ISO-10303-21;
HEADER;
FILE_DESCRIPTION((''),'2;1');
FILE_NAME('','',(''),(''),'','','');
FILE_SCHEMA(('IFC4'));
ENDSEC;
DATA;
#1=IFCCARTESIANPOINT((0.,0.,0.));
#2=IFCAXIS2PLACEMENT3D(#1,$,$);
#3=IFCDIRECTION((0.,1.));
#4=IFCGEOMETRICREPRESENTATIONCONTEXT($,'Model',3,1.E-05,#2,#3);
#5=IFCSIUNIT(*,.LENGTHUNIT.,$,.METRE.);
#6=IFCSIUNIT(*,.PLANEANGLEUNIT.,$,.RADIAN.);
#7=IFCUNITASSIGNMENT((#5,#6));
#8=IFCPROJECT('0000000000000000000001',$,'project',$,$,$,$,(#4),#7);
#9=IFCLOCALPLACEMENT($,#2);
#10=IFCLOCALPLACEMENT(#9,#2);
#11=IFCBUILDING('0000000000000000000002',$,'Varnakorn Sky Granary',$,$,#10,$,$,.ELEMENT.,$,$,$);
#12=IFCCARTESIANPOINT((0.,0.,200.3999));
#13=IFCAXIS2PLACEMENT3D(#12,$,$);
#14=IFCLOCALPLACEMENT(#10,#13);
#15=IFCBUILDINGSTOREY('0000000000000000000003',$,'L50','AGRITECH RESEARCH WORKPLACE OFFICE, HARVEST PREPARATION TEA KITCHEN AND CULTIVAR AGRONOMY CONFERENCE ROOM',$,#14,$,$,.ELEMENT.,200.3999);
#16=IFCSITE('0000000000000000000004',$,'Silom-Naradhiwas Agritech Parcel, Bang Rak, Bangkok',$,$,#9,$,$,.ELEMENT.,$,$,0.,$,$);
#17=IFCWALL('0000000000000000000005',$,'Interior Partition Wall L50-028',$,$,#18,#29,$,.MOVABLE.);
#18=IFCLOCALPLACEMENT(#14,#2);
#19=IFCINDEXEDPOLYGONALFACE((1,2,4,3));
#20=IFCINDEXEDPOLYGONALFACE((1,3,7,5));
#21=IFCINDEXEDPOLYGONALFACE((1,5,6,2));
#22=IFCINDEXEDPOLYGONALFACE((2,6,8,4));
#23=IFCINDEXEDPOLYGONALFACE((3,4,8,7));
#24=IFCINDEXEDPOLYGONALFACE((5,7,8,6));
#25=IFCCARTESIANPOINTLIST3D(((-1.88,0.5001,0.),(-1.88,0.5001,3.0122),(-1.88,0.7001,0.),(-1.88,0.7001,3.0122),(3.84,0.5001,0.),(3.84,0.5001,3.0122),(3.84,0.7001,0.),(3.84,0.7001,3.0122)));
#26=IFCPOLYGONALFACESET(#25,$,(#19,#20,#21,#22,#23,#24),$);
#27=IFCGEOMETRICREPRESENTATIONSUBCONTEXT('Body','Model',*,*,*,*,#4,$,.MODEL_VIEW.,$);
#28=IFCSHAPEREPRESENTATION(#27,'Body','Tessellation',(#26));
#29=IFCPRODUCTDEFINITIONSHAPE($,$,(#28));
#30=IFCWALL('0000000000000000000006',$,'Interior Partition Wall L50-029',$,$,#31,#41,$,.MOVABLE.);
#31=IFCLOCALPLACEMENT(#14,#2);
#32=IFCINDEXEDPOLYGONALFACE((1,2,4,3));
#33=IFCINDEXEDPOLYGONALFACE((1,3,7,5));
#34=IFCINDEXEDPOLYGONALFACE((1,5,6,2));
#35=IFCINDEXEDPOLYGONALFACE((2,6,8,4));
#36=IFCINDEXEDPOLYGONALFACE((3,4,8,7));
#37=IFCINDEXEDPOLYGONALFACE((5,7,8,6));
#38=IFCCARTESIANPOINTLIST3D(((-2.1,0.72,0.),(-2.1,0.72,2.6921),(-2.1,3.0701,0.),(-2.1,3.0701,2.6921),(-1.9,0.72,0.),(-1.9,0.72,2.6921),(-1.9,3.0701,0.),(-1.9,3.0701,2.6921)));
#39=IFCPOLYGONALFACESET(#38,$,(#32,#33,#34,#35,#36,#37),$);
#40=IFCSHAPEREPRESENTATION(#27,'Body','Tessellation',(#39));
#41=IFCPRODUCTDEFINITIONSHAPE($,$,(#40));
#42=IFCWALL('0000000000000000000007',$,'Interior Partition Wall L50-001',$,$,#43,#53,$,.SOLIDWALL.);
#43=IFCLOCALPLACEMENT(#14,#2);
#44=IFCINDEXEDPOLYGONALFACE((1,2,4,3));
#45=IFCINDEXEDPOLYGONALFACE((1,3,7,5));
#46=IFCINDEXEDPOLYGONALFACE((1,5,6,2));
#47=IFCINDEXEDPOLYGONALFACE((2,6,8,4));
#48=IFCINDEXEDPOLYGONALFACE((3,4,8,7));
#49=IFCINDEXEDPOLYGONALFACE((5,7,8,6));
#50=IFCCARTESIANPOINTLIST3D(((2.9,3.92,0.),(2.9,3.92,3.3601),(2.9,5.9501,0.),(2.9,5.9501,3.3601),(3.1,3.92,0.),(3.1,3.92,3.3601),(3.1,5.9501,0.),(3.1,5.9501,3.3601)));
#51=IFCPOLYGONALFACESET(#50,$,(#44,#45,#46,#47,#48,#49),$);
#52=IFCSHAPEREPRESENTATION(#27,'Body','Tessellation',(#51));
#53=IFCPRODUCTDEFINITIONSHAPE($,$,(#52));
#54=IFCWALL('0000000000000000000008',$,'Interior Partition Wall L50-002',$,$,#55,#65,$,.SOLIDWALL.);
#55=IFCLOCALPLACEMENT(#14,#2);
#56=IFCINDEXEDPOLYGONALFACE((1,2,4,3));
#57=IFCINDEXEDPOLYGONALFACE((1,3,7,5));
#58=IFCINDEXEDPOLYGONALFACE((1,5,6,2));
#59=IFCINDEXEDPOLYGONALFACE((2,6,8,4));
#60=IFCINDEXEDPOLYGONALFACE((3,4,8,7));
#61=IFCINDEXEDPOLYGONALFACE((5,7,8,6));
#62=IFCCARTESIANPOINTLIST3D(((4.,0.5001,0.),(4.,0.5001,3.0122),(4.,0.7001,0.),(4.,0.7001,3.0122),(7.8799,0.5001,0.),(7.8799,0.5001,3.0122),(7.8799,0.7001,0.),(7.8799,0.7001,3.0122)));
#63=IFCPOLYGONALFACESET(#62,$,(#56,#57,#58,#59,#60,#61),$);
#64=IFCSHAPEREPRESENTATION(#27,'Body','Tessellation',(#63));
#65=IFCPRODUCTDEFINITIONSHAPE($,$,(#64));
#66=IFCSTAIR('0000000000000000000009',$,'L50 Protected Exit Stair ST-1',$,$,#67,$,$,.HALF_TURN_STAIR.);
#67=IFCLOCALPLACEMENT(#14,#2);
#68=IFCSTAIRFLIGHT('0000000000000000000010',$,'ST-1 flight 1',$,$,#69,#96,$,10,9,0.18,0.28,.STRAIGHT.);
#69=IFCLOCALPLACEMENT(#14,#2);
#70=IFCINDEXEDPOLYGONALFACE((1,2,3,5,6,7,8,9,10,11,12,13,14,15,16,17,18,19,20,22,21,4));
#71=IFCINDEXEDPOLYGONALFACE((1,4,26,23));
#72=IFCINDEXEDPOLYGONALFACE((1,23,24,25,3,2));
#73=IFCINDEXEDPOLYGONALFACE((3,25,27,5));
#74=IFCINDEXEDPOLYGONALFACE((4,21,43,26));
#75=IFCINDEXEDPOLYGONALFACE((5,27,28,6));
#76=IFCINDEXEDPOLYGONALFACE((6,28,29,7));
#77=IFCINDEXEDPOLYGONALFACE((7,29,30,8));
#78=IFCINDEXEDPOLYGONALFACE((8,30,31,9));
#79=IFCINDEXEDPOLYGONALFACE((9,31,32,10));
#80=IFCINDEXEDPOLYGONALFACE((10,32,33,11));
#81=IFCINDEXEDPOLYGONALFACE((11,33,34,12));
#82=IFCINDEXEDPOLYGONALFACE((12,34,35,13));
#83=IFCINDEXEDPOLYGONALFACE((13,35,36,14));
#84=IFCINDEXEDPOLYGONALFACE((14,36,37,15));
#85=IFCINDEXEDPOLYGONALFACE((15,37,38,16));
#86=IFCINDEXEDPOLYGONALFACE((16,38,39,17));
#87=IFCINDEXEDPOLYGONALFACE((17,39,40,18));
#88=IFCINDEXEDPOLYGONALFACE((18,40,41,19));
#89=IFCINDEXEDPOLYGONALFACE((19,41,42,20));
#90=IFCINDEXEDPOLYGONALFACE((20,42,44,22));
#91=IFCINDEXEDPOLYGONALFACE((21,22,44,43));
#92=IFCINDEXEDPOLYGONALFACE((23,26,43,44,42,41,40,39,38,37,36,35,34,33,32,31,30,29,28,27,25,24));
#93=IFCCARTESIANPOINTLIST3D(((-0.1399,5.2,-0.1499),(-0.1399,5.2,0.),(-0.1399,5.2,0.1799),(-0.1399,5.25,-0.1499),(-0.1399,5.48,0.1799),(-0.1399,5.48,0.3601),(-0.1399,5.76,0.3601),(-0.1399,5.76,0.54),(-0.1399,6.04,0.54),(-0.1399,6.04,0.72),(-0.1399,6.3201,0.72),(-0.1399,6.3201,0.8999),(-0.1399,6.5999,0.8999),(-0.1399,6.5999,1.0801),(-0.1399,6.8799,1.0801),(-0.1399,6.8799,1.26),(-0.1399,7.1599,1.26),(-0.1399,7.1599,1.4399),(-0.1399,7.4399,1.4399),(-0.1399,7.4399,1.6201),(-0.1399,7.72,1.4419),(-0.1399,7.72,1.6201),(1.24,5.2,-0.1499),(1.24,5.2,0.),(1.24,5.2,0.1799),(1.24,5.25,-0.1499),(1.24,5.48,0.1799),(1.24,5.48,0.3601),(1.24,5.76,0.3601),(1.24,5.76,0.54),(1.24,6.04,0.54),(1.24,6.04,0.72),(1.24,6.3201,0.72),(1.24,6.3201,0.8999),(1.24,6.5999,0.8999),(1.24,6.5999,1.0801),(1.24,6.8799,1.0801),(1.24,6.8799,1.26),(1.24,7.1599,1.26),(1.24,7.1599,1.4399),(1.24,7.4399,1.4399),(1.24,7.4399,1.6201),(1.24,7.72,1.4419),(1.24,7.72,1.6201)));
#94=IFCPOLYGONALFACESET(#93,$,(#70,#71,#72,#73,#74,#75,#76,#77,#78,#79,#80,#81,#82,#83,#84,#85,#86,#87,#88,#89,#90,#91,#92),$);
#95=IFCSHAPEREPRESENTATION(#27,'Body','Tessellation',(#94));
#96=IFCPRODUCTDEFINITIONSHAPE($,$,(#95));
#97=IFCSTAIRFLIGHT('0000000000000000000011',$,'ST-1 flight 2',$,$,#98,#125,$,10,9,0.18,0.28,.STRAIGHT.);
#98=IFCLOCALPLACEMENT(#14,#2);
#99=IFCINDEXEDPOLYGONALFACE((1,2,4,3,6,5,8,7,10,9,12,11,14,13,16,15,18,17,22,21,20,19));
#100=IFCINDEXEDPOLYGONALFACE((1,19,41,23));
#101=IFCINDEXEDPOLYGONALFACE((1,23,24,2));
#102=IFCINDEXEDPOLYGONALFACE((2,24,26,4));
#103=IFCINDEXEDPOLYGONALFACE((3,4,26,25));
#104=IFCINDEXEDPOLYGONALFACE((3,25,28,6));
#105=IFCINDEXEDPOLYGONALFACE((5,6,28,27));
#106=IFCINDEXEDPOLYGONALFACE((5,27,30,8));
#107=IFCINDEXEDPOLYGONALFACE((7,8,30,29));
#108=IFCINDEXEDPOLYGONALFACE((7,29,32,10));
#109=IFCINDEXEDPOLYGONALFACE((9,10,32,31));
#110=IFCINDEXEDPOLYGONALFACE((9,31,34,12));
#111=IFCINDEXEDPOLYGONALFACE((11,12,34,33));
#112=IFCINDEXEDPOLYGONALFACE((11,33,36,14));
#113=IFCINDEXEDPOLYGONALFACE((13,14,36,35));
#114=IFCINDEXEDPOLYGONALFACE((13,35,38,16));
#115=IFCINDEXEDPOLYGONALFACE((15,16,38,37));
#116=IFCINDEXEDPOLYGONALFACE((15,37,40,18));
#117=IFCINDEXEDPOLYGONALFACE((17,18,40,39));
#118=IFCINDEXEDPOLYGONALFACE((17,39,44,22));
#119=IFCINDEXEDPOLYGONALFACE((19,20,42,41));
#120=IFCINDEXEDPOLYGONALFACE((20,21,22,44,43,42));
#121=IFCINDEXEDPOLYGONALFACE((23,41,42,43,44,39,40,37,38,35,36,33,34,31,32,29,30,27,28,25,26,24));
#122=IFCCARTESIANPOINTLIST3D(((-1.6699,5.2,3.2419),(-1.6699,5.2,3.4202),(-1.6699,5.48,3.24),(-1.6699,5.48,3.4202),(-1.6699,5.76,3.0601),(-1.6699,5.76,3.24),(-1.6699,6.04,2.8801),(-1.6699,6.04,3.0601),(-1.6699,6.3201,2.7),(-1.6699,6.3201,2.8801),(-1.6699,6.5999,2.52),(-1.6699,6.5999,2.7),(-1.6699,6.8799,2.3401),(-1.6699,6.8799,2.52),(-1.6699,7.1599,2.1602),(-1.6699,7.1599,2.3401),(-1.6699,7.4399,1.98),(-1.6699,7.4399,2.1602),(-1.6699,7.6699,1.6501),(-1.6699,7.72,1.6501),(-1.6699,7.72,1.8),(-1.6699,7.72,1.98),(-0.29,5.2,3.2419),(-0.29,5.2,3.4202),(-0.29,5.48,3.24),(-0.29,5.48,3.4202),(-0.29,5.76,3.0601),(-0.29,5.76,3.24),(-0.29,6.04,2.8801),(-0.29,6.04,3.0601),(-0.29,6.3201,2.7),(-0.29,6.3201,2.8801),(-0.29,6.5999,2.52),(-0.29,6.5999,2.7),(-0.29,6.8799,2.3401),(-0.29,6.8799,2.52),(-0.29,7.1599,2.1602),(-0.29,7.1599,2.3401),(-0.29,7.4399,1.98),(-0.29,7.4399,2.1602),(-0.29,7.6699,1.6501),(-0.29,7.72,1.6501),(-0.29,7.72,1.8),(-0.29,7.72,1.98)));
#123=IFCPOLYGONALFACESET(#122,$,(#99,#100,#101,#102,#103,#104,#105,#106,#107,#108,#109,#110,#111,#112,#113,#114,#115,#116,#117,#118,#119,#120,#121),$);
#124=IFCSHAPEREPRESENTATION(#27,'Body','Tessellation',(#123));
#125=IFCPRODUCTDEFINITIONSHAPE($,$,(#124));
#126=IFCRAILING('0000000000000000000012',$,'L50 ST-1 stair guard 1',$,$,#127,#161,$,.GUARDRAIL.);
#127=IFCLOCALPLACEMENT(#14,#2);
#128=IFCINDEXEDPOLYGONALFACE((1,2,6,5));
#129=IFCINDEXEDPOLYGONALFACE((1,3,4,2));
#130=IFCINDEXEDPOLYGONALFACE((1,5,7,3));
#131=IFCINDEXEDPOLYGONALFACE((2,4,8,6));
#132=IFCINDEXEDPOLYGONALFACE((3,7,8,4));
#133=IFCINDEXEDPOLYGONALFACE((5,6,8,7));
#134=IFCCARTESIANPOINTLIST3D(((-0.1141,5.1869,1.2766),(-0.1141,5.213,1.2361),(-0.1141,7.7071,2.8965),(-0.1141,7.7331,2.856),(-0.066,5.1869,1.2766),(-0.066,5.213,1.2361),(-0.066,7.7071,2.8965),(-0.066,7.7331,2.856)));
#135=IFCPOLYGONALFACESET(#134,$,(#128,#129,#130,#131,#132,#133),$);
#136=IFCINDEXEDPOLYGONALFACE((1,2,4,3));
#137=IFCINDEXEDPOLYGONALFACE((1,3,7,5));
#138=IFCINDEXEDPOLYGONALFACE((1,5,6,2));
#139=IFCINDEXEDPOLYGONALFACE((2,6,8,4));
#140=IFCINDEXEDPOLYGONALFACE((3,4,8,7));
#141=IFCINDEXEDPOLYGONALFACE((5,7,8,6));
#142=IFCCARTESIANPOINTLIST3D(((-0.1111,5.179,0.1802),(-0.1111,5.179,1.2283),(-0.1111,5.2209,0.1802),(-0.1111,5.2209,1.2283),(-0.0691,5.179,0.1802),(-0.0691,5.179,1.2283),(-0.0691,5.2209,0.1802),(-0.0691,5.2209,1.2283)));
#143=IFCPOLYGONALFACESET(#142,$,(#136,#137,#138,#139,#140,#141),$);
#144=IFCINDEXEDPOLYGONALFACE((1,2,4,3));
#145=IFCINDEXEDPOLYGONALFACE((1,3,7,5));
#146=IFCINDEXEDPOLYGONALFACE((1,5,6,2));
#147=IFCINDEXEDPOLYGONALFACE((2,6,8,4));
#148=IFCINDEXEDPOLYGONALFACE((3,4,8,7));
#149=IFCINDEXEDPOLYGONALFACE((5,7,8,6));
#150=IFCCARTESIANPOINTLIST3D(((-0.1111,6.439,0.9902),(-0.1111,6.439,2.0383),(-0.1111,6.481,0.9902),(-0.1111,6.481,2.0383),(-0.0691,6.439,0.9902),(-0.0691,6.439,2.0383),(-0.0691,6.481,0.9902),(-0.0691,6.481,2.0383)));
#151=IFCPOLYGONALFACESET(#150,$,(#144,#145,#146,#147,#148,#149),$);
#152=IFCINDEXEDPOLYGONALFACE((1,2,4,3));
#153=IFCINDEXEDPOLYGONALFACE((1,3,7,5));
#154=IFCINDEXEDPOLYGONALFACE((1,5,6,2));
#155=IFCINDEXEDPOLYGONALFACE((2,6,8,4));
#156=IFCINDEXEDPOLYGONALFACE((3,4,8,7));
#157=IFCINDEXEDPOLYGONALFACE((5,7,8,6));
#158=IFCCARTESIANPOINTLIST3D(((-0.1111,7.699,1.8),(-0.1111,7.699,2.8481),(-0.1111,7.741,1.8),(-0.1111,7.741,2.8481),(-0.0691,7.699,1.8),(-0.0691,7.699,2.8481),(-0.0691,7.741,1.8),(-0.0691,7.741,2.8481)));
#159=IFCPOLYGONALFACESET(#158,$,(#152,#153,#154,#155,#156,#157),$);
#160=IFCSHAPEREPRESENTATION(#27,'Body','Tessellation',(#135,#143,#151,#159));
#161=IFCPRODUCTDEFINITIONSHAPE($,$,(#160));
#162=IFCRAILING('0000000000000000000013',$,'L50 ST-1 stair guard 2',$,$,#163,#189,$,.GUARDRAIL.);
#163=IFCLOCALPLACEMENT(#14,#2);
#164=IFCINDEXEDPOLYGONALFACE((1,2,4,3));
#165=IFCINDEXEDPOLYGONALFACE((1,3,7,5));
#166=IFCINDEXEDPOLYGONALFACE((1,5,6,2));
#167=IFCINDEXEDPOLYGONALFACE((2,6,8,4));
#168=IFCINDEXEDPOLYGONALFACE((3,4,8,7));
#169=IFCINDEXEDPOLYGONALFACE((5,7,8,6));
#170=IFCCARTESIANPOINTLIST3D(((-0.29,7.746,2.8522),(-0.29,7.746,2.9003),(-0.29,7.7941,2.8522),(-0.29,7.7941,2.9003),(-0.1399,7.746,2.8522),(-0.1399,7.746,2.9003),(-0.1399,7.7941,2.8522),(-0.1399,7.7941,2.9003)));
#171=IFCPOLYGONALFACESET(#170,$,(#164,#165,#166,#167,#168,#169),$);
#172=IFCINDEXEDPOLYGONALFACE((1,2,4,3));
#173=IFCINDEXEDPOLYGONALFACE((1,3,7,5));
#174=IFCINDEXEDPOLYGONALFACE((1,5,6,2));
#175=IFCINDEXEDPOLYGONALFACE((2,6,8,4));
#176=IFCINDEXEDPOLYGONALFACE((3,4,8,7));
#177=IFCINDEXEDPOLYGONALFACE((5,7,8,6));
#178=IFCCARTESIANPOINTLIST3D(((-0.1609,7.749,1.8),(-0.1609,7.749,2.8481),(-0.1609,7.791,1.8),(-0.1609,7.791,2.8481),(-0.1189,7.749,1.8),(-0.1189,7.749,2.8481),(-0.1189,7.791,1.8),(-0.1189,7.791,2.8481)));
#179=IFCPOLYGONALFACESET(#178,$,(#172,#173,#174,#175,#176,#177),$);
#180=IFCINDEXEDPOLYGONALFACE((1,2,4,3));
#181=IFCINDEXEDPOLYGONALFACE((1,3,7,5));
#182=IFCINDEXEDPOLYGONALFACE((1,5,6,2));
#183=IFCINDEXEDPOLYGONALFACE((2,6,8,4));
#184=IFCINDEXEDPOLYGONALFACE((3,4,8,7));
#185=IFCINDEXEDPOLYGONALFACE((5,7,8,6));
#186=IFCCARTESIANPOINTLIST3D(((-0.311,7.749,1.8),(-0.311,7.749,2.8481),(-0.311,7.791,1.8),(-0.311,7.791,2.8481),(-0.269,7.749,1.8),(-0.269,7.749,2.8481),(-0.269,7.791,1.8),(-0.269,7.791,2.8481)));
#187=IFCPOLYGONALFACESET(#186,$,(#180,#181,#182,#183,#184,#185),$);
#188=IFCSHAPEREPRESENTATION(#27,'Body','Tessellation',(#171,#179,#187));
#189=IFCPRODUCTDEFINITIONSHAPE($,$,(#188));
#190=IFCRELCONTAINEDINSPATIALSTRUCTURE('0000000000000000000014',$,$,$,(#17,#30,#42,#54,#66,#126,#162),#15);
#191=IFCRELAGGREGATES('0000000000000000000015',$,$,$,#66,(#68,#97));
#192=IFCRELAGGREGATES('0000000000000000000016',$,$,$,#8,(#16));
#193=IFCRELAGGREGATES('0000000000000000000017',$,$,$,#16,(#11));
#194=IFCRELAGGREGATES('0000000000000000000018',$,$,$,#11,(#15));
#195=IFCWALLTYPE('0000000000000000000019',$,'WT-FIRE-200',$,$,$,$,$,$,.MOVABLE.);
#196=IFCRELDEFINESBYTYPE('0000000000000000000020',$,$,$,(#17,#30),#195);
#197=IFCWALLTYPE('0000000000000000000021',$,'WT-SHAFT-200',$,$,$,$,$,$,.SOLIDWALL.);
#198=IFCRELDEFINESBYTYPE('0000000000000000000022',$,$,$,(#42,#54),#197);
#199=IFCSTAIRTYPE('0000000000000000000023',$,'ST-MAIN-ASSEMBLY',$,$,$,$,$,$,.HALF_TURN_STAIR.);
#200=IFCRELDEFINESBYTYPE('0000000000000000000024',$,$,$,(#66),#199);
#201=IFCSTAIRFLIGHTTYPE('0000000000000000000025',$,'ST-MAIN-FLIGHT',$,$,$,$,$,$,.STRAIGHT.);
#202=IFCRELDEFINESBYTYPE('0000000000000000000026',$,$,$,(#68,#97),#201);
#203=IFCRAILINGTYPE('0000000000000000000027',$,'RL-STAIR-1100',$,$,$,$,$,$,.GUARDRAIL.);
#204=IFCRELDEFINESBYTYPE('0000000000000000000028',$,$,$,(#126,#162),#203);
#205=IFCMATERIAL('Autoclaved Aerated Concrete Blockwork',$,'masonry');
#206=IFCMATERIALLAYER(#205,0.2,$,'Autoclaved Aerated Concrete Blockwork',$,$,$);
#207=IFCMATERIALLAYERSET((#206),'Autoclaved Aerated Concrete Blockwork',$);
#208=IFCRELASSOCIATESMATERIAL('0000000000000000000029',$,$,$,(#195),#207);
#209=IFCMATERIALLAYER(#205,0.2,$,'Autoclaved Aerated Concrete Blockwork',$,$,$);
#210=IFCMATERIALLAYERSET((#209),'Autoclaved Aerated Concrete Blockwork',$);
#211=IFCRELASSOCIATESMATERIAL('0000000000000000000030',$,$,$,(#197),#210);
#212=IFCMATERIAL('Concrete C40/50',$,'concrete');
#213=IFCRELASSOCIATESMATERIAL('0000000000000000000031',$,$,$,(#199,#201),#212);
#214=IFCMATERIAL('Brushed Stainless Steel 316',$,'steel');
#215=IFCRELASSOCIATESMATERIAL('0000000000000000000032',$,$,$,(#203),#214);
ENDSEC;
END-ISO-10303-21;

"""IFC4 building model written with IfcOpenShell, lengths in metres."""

from ifc_helpers import new_model, si_unit, direction, frame, frame_2d, origin, origin_2d, place, context, subcontext, project, spatial, polyline, rectangle, outline, extrude, material, layer, layer_set, type_object, element, aggregate, save


model = new_model("IFC4")

# Units and contexts
model_context = context("Model", 3, precision=1e-05, world=origin(), true_north=direction((0.0, 1.0)))
body_context = subcontext(model_context, "Body", "Model", "MODEL_VIEW")
ifc_project = project(units=[si_unit("LENGTHUNIT", "METRE"), si_unit("PLANEANGLEUNIT", "RADIAN")], contexts=[model_context])

# Site, building, storey
site_placement = place(None, origin())
site = spatial("IfcSite", under=ifc_project, at=site_placement, Name="Silom-Naradhiwas Agritech Parcel, Bang Rak, Bangkok", CompositionType="ELEMENT", RefElevation=0.0)
building_placement = place(site_placement, origin())
building = spatial("IfcBuilding", under=site, at=building_placement, Name="Varnakorn Sky Granary", CompositionType="ELEMENT")
storey_placement = place(building_placement, frame((0.0, 0.0, 200.3999)))
storey = spatial("IfcBuildingStorey", under=building, at=storey_placement, Name="L50", Description="AGRITECH RESEARCH WORKPLACE OFFICE, HARVEST PREPARATION TEA KITCHEN AND CULTIVAR AGRONOMY CONFERENCE ROOM", CompositionType="ELEMENT", Elevation=200.3999)

# Shared definitions
ifc_material_1 = material(Name="Autoclaved Aerated Concrete Blockwork", Category="masonry")
ifc_layer_1 = layer(ifc_material_1, 0.2, Name="Autoclaved Aerated Concrete Blockwork")
ifc_layer_set_1 = layer_set([ifc_layer_1], Name="Autoclaved Aerated Concrete Blockwork")
wall_type_1 = type_object("IfcWallType", Name="WT-FIRE-200", PredefinedType="MOVABLE", material=ifc_layer_set_1)

# Walls
wall_1_placement = place(storey_placement, frame((-1.8799, 0.6001, 0.0), z_axis=(0.0, 0.0, 1.0), x_axis=(1.0, 0.0, 0.0)))
element("IfcWall", 1, at=wall_1_placement, inside=storey, type_object=wall_type_1, Name="Interior Partition Wall L50-028", PredefinedType="MOVABLE", context=body_context, shape_type="SweptSolid", body=[
    extrude(rectangle(XDim=5.72, YDim=0.2, at=frame_2d((2.8599, 0.0))), origin(), (0.0, 0.0, 1.0), 3.0122),
])
wall_2_placement = place(storey_placement, frame((-2.0, 0.72, 0.0), z_axis=(0.0, 0.0, 1.0), x_axis=(0.0, 1.0, 0.0)))
element("IfcWall", 2, at=wall_2_placement, inside=storey, type_object=wall_type_1, Name="Interior Partition Wall L50-029", PredefinedType="MOVABLE", context=body_context, shape_type="SweptSolid", body=[
    extrude(rectangle(XDim=2.3501, YDim=0.2, at=frame_2d((1.175, 0.0))), origin(), (0.0, 0.0, 1.0), 2.6921),
])
ifc_layer_2 = layer(ifc_material_1, 0.2, Name="Autoclaved Aerated Concrete Blockwork")
ifc_layer_set_2 = layer_set([ifc_layer_2], Name="Autoclaved Aerated Concrete Blockwork")
wall_type_2 = type_object("IfcWallType", Name="WT-SHAFT-200", PredefinedType="SOLIDWALL", material=ifc_layer_set_2)
wall_3_placement = place(storey_placement, frame((3.0, 3.9199, 0.0), z_axis=(0.0, 0.0, 1.0), x_axis=(0.0, 1.0, 0.0)))
element("IfcWall", 3, at=wall_3_placement, inside=storey, type_object=wall_type_2, Name="Interior Partition Wall L50-001", PredefinedType="SOLIDWALL", context=body_context, shape_type="SweptSolid", body=[
    extrude(rectangle(XDim=2.03, YDim=0.2, at=frame_2d((1.0151, 0.0))), origin(), (0.0, 0.0, 1.0), 3.3601),
])
wall_4_placement = place(storey_placement, frame((4.0, 0.6001, 0.0), z_axis=(0.0, 0.0, 1.0), x_axis=(1.0, 0.0, 0.0)))
element("IfcWall", 4, at=wall_4_placement, inside=storey, type_object=wall_type_2, Name="Interior Partition Wall L50-002", PredefinedType="SOLIDWALL", context=body_context, shape_type="SweptSolid", body=[
    extrude(rectangle(XDim=3.8799, YDim=0.2, at=frame_2d((1.9399, 0.0))), origin(), (0.0, 0.0, 1.0), 3.0122),
])

# Stair, stair flights
ifc_material_2 = material(Name="Concrete C40/50", Category="concrete")
stair_type = type_object("IfcStairType", Name="ST-MAIN-ASSEMBLY", PredefinedType="HALF_TURN_STAIR", material=ifc_material_2)
stair_placement = place(storey_placement, origin())
stair = element("IfcStair", 5, at=stair_placement, inside=storey, type_object=stair_type, Name="L50 Protected Exit Stair ST-1", PredefinedType="HALF_TURN_STAIR")
stair_flight_type = type_object("IfcStairFlightType", Name="ST-MAIN-FLIGHT", PredefinedType="STRAIGHT", material=ifc_material_2)
stair_flight_1_placement = place(storey_placement, frame((0.55, 5.2, 0.0), z_axis=(0.0, 0.0, 1.0), x_axis=(0.0, 1.0, 0.0)))
stair_flight_1 = element("IfcStairFlight", 6, at=stair_flight_1_placement, type_object=stair_flight_type, Name="ST-1 flight 1", NumberOfRisers=10, NumberOfTreads=9, PredefinedType="STRAIGHT", RiserHeight=0.18, TreadLength=0.28, context=body_context, shape_type="SweptSolid", body=[
    extrude(outline(polyline([(0.0, -0.1499), (0.0, 0.0), (0.0, 0.1799), (0.28, 0.1799), (0.28, 0.3601), (0.5601, 0.3601), (0.5601, 0.54), (0.8401, 0.54), (0.8401, 0.72), (1.1201, 0.72), (1.1201, 0.8999), (1.3999, 0.8999), (1.3999, 1.0801), (1.6799, 1.0801), (1.6799, 1.26), (1.96, 1.26), (1.96, 1.4399), (2.24, 1.4399), (2.24, 1.6201), (2.52, 1.6201), (2.52, 1.8), (2.52, 1.4419), (0.05, -0.1499), (0.0, -0.1499)])), frame((0.0, 0.6899, 0.0), z_axis=(0.0, -1.0, 0.0), x_axis=(1.0, 0.0, 0.0)), (0.0, 0.0, 1.0), 1.3799),
])
stair_flight_2_placement = place(storey_placement, frame((-0.98, 7.72, 1.8), z_axis=(0.0, 0.0, 1.0), x_axis=(0.0, -1.0, 0.0)))
stair_flight_2 = element("IfcStairFlight", 7, at=stair_flight_2_placement, type_object=stair_flight_type, Name="ST-1 flight 2", NumberOfRisers=10, NumberOfTreads=9, PredefinedType="STRAIGHT", RiserHeight=0.18, TreadLength=0.28, context=body_context, shape_type="SweptSolid", body=[
    extrude(outline(polyline([(0.0, -0.1499), (0.0, 0.0), (0.0, 0.1799), (0.28, 0.1799), (0.28, 0.3601), (0.5601, 0.3601), (0.5601, 0.54), (0.8401, 0.54), (0.8401, 0.72), (1.1201, 0.72), (1.1201, 0.8999), (1.3999, 0.8999), (1.3999, 1.0801), (1.6799, 1.0801), (1.6799, 1.26), (1.96, 1.26), (1.96, 1.4399), (2.24, 1.4399), (2.24, 1.6201), (2.52, 1.6201), (2.52, 1.8), (2.52, 1.4419), (0.05, -0.1499), (0.0, -0.1499)])), frame((0.0, 0.6899, 0.0), z_axis=(0.0, -1.0, 0.0), x_axis=(1.0, 0.0, 0.0)), (0.0, 0.0, 1.0), 1.3799),
])
aggregate(stair, [stair_flight_1, stair_flight_2])

# Railings
ifc_material_3 = material(Name="Brushed Stainless Steel 316", Category="steel")
railing_type_1 = type_object("IfcRailingType", Name="RL-STAIR-1100", PredefinedType="GUARDRAIL", material=ifc_material_3)
railing_1_placement = place(storey_placement, frame((-0.0901, 5.2, 0.1802)))
element("IfcRailing", 8, at=railing_1_placement, inside=storey, type_object=railing_type_1, Name="L50 ST-1 stair guard 1", PredefinedType="GUARDRAIL", context=body_context, shape_type="SweptSolid", body=[
    extrude(rectangle(XDim=0.0481, YDim=0.0481, at=origin_2d()), frame((0.0, 0.0, 1.0762), z_axis=(0.0, 0.8412, 0.540725), x_axis=(-1.0, 0.0, 0.0)), (0.0, 0.0, 1.0), 2.9958),
    extrude(rectangle(XDim=0.042, YDim=0.042, at=origin_2d()), origin(), (0.0, 0.0, 1.0), 1.0481),
    extrude(rectangle(XDim=0.042, YDim=0.042, at=origin_2d()), frame((0.0, 1.26, 0.8101)), (0.0, 0.0, 1.0), 1.0481),
    extrude(rectangle(XDim=0.042, YDim=0.042, at=origin_2d()), frame((0.0, 2.52, 1.6199)), (0.0, 0.0, 1.0), 1.0481),
])
railing_2_placement = place(storey_placement, frame((-0.1399, 7.77, 1.8)))
element("IfcRailing", 9, at=railing_2_placement, inside=storey, type_object=railing_type_1, Name="L50 ST-1 stair guard 2", PredefinedType="GUARDRAIL", context=body_context, shape_type="SweptSolid", body=[
    extrude(rectangle(XDim=0.0481, YDim=0.0481, at=origin_2d()), frame((0.0, 0.0, 1.0762), z_axis=(-1.0, 0.0, 0.0), x_axis=(0.0, -1.0, 0.0)), (0.0, 0.0, 1.0), 0.1501),
    extrude(rectangle(XDim=0.042, YDim=0.042, at=origin_2d()), origin(), (0.0, 0.0, 1.0), 1.0481),
    extrude(rectangle(XDim=0.042, YDim=0.042, at=origin_2d()), frame((-0.1501, 0.0, 0.0)), (0.0, 0.0, 1.0), 1.0481),
])

save(model, "model.ifc")
